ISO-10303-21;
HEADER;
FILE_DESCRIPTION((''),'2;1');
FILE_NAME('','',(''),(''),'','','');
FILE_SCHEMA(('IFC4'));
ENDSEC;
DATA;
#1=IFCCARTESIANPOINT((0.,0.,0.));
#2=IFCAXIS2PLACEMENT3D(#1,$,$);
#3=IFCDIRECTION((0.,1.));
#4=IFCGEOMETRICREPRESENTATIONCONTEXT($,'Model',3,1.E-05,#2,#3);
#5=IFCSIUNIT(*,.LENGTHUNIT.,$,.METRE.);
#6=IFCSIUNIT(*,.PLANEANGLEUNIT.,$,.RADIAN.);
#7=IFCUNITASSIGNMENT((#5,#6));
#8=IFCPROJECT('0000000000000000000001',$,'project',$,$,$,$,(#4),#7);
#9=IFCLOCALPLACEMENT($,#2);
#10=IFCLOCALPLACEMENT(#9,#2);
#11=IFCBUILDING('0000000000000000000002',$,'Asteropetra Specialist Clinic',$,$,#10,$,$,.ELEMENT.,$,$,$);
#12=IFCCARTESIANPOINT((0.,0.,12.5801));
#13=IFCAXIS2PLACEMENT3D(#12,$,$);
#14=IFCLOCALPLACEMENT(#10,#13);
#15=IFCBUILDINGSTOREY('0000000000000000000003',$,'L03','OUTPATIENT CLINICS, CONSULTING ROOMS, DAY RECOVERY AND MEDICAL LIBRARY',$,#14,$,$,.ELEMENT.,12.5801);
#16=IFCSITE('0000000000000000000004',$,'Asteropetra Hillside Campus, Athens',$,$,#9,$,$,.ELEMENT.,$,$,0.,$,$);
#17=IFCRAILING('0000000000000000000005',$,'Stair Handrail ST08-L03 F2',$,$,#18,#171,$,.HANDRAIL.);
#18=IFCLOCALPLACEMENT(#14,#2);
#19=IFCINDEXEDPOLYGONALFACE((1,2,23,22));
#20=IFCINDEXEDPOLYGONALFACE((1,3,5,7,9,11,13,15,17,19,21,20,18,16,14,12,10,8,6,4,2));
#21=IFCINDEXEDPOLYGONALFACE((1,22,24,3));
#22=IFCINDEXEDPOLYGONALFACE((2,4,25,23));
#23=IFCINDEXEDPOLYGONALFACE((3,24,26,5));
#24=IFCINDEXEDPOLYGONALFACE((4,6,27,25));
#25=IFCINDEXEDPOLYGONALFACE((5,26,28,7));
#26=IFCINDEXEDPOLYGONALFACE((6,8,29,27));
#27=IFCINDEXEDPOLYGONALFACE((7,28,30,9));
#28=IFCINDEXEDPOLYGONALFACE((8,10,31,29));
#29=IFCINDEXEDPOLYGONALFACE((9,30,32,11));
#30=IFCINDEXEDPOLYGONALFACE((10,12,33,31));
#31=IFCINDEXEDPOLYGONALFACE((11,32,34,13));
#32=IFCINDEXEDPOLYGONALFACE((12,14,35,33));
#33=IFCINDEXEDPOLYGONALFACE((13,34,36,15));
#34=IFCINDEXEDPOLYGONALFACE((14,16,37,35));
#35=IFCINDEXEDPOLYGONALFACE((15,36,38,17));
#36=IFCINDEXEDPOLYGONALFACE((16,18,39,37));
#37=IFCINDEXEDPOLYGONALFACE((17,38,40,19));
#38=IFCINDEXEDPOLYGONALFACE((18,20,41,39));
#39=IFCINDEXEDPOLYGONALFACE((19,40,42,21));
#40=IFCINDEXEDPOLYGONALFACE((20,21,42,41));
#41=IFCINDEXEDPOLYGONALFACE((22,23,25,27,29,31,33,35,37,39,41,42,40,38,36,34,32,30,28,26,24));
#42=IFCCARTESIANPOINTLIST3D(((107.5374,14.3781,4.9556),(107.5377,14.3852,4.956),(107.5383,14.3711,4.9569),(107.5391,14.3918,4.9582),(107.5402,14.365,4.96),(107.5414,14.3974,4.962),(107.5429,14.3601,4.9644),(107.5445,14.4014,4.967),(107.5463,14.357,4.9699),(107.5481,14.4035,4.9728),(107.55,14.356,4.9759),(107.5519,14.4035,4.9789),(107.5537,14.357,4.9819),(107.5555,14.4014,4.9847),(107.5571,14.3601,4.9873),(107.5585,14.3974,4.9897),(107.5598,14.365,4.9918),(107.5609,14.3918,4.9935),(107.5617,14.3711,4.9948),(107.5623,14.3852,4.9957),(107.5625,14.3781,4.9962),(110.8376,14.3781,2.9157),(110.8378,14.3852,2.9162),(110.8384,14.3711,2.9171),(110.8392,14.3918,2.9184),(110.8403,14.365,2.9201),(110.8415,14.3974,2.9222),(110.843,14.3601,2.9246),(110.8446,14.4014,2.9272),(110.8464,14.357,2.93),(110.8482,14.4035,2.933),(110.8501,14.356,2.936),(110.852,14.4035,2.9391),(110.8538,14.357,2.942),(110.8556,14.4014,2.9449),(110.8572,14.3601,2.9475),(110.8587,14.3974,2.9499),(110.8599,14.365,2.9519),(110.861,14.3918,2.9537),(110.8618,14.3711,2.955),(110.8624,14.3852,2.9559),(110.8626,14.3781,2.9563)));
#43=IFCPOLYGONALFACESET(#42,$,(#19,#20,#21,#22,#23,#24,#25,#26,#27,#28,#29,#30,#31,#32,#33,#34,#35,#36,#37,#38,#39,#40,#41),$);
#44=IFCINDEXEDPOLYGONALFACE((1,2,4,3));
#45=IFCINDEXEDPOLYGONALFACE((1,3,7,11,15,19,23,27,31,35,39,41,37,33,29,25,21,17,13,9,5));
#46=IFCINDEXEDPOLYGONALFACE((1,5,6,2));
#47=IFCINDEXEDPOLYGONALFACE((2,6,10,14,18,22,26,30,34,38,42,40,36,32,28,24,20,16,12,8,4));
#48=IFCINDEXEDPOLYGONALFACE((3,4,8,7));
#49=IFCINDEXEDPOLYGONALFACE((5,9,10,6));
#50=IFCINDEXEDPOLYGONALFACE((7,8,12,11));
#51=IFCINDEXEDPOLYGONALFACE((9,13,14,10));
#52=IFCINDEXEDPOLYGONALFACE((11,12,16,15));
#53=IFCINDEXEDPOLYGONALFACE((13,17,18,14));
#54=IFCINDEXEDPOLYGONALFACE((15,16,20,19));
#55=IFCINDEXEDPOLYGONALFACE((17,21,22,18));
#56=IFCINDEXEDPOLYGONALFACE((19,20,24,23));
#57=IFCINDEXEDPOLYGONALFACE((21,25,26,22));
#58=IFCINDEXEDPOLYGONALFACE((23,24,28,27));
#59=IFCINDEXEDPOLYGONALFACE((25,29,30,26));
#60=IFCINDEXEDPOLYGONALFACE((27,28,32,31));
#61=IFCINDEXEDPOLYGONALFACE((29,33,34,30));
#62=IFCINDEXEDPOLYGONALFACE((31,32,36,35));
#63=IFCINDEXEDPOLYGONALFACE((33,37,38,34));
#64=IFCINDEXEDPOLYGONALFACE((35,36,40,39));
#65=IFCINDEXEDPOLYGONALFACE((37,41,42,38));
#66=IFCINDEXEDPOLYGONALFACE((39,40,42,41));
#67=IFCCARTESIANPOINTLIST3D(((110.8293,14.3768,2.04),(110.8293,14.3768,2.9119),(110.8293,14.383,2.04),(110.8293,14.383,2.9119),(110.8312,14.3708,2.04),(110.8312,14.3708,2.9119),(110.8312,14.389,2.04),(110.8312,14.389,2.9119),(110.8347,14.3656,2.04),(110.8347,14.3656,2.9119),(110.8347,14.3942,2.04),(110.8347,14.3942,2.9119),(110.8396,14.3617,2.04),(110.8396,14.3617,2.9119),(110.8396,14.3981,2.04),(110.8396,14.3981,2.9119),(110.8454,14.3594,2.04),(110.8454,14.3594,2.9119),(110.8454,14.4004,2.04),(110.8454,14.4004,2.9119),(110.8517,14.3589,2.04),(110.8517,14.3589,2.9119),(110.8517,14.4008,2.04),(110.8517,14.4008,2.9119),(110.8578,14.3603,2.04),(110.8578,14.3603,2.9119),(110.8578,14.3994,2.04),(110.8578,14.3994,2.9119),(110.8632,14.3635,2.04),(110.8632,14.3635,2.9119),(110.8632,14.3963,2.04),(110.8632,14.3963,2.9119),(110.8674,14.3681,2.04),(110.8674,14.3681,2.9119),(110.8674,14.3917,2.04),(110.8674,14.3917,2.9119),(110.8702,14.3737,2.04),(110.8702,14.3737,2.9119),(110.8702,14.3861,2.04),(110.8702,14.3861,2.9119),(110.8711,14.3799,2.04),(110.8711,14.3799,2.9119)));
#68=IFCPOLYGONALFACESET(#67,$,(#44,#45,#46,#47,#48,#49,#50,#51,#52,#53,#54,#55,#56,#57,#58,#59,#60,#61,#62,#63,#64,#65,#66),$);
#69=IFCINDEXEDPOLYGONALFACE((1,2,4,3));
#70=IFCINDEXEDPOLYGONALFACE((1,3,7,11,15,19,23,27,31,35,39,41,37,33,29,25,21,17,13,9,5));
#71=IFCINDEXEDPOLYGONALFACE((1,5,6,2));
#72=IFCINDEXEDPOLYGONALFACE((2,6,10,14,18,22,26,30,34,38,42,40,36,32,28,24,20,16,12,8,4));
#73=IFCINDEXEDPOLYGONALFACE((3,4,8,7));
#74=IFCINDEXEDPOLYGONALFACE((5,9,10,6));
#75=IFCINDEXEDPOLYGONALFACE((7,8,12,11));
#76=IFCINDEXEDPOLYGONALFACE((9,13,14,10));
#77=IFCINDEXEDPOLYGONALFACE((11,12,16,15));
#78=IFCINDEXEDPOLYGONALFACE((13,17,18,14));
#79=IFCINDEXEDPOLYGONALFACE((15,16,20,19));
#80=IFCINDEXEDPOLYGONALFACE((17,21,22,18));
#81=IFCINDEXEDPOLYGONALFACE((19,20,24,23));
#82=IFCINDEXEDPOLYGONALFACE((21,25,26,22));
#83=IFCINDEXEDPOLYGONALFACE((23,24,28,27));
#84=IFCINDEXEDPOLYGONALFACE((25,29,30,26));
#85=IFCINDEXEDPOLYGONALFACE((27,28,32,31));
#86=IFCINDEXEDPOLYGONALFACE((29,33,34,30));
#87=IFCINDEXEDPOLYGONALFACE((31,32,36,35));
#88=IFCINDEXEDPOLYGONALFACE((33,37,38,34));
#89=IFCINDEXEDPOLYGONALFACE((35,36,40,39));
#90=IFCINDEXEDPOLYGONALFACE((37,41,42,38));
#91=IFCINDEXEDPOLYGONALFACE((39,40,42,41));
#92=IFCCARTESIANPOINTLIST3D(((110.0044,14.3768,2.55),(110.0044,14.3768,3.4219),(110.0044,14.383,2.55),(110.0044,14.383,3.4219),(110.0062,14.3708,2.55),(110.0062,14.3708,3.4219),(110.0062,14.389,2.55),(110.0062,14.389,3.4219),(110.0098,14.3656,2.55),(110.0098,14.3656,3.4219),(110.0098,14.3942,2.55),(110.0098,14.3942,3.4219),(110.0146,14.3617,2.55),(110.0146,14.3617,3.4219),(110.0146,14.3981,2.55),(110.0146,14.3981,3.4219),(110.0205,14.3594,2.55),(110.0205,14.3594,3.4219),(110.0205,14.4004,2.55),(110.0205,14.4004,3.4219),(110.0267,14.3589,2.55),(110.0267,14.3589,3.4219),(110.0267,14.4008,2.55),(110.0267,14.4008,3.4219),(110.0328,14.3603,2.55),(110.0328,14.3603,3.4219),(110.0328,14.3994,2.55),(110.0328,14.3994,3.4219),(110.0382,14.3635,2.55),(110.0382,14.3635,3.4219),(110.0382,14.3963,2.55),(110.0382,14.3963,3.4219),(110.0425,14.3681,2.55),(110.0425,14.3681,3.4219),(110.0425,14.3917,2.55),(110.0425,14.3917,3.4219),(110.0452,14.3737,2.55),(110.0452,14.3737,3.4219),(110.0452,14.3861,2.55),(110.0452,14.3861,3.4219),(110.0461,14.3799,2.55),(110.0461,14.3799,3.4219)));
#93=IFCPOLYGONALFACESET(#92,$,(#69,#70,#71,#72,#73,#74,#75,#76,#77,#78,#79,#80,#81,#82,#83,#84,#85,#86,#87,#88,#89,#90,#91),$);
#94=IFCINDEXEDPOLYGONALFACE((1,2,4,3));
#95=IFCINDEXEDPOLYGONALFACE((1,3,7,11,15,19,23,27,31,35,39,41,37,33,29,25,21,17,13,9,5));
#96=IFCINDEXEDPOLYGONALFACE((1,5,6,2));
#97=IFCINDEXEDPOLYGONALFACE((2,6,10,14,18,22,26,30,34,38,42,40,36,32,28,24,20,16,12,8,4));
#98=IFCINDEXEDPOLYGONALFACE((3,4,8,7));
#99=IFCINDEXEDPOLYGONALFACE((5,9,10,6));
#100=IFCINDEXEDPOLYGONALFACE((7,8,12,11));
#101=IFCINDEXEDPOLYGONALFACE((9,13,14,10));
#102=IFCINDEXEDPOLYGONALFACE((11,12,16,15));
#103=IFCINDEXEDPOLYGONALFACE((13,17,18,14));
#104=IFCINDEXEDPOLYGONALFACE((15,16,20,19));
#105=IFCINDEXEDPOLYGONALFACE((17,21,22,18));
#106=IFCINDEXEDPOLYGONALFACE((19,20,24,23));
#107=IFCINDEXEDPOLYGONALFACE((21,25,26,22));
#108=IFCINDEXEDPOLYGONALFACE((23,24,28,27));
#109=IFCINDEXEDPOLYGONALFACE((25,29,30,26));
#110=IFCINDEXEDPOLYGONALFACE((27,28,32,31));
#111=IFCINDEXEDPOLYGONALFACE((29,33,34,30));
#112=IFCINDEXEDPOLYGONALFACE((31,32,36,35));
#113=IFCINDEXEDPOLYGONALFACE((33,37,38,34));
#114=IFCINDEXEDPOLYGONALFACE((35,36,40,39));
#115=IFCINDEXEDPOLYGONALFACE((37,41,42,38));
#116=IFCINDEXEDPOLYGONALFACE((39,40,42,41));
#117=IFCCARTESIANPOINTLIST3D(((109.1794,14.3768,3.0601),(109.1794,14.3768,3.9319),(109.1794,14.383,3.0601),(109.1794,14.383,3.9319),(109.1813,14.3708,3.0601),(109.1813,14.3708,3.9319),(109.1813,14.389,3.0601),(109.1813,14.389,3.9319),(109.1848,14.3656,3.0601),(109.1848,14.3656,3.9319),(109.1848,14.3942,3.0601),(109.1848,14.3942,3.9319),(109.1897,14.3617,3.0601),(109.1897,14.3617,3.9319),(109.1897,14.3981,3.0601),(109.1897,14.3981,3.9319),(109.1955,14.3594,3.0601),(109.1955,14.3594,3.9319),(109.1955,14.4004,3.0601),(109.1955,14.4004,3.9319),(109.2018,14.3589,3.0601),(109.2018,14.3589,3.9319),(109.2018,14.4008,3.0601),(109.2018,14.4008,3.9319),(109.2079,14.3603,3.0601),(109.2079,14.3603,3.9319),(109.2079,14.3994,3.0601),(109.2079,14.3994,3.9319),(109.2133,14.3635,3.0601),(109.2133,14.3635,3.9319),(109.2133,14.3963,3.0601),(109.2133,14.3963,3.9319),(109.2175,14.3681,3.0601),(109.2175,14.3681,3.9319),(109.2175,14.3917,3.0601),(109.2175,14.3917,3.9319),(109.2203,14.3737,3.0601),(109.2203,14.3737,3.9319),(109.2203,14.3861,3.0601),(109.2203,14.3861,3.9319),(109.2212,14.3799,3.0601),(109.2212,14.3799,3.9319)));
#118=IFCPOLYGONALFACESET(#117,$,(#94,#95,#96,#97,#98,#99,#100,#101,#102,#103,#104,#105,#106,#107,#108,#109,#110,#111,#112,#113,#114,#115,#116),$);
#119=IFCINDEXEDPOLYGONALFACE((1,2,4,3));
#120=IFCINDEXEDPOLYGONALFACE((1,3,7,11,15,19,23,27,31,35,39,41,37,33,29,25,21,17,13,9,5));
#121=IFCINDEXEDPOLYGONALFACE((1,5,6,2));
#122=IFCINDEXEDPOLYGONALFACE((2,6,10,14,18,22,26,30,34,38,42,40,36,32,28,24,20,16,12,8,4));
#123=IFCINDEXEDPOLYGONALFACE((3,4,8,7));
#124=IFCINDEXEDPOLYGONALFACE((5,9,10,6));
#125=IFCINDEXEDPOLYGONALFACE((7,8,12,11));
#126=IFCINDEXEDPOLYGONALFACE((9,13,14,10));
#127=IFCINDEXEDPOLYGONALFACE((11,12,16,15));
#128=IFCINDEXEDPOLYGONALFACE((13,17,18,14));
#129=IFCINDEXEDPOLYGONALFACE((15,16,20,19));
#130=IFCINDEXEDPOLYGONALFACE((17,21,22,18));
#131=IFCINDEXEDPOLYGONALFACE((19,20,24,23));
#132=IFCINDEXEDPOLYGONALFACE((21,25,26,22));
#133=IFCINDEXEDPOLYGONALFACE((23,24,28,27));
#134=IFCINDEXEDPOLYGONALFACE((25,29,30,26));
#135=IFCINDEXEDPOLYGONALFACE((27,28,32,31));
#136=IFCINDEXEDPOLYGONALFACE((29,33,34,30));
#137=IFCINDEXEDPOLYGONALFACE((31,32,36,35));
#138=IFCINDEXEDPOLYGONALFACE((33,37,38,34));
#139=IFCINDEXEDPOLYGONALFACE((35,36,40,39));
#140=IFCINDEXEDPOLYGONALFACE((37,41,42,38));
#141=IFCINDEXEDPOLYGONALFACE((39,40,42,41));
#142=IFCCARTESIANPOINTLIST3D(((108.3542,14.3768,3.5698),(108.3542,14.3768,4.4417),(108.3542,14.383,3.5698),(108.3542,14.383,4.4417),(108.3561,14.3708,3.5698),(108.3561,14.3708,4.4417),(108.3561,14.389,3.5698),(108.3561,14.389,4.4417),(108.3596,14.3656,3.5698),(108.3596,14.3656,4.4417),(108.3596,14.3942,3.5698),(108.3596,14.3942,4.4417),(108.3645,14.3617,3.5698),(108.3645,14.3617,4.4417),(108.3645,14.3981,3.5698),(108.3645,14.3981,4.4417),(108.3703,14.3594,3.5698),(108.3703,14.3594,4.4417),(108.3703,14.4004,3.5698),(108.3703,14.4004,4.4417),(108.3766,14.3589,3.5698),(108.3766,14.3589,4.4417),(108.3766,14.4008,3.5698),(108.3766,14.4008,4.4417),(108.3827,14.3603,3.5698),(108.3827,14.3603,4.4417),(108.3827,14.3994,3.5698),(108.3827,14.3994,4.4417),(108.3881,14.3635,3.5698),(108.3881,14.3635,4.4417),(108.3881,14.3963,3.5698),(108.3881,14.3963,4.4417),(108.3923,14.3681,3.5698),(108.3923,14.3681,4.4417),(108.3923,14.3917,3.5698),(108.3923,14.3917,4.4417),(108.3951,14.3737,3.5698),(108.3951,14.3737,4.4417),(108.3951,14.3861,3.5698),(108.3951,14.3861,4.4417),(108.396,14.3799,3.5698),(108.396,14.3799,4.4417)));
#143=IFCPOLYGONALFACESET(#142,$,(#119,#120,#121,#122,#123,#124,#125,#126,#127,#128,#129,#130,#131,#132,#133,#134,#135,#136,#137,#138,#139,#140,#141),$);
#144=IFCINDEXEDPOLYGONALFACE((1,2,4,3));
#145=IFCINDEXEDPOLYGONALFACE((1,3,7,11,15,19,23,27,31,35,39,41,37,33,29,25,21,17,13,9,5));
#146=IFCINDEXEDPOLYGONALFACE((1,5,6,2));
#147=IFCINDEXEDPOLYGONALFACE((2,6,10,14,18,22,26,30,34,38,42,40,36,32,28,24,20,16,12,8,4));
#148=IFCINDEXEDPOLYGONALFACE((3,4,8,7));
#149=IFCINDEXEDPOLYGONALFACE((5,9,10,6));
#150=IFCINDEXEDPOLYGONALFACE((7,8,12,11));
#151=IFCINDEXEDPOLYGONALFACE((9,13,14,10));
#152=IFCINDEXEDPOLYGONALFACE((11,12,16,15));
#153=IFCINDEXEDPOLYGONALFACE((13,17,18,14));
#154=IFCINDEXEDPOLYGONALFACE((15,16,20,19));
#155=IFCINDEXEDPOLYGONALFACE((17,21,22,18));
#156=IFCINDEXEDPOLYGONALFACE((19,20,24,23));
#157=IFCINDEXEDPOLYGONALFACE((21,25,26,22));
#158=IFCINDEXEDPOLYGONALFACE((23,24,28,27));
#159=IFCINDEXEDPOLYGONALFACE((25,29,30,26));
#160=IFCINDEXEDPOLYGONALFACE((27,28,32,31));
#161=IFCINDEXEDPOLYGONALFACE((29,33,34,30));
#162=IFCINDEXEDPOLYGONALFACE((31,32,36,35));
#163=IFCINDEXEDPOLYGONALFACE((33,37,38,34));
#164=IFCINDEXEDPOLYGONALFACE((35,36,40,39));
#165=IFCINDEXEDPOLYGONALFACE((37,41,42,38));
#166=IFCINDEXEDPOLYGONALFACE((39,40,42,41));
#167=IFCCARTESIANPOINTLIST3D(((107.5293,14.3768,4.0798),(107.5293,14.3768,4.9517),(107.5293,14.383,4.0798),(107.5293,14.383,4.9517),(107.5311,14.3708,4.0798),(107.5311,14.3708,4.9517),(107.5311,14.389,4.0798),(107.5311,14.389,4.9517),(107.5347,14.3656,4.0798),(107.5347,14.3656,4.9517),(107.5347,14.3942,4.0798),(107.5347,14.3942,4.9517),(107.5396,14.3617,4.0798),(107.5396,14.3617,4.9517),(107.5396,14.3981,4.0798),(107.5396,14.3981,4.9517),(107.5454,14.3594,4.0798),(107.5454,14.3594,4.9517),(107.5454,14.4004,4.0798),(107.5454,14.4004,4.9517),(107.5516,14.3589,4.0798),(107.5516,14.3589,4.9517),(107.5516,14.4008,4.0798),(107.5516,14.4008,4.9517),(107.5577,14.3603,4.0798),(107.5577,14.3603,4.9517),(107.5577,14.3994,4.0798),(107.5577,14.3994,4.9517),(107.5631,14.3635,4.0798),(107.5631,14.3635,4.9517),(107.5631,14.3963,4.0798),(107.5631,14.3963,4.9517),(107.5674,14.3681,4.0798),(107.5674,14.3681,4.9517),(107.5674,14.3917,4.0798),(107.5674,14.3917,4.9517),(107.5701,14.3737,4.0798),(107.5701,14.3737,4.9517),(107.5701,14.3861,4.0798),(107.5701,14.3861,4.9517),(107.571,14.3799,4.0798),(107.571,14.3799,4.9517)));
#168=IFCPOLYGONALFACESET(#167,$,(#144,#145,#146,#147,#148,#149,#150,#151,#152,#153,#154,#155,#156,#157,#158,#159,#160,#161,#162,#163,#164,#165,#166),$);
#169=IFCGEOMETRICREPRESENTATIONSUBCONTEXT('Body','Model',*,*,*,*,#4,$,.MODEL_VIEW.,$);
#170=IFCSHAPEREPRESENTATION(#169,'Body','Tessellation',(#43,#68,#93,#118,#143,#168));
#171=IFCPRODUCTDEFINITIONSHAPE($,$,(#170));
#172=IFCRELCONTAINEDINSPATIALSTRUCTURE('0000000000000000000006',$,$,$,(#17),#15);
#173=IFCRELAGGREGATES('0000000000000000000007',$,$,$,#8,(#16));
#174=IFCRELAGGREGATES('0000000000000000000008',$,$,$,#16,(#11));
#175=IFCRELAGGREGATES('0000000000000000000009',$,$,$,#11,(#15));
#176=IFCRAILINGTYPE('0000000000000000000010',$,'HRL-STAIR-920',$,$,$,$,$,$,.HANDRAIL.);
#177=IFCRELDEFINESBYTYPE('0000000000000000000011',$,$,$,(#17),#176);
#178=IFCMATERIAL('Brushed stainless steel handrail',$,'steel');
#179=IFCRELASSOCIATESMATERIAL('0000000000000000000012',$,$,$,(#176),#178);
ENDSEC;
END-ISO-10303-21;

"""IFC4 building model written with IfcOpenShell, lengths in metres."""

from ifc_helpers import new_model, si_unit, direction, frame, origin, origin_2d, place, context, subcontext, project, spatial, circle, extrude, material, type_object, element, save


model = new_model("IFC4")

# Units and contexts
model_context = context("Model", 3, precision=1e-05, world=origin(), true_north=direction((0.0, 1.0)))
body_context = subcontext(model_context, "Body", "Model", "MODEL_VIEW")
ifc_project = project(units=[si_unit("LENGTHUNIT", "METRE"), si_unit("PLANEANGLEUNIT", "RADIAN")], contexts=[model_context])

# Site, building, storey
site_placement = place(None, origin())
site = spatial("IfcSite", under=ifc_project, at=site_placement, Name="Asteropetra Hillside Campus, Athens", CompositionType="ELEMENT", RefElevation=0.0)
building_placement = place(site_placement, origin())
building = spatial("IfcBuilding", under=site, at=building_placement, Name="Asteropetra Specialist Clinic", CompositionType="ELEMENT")
storey_placement = place(building_placement, frame((0.0, 0.0, 12.5801)))
storey = spatial("IfcBuildingStorey", under=building, at=storey_placement, Name="L03", Description="OUTPATIENT CLINICS, CONSULTING ROOMS, DAY RECOVERY AND MEDICAL LIBRARY", CompositionType="ELEMENT", Elevation=12.5801)

# Railing
ifc_material_1 = material(Name="Brushed stainless steel handrail", Category="steel")
railing_type_1 = type_object("IfcRailingType", Name="HRL-STAIR-920", PredefinedType="HANDRAIL", material=ifc_material_1)
railing_1_placement = place(storey_placement, frame((110.8501, 14.3799, 2.04)))
element("IfcRailing", 1, at=railing_1_placement, inside=storey, type_object=railing_type_1, Name="Stair Handrail ST08-L03 F2", PredefinedType="HANDRAIL", context=body_context, shape_type="SweptSolid", body=[
    extrude(circle(Radius=0.0239, at=origin_2d()), frame((0.0, 0.0, 0.896), z_axis=(-0.850622, 0.0, 0.525778), x_axis=(0.0, -1.0, 0.0)), (0.0, 0.0, 1.0), 3.8796),
    extrude(circle(Radius=0.021, at=origin_2d()), origin(), (0.0, 0.0, 1.0), 0.8718),
    extrude(circle(Radius=0.021, at=origin_2d()), frame((-0.825, 0.0, 0.51)), (0.0, 0.0, 1.0), 0.8718),
    extrude(circle(Radius=0.021, at=origin_2d()), frame((-1.6499, 0.0, 1.02)), (0.0, 0.0, 1.0), 0.8718),
    extrude(circle(Radius=0.021, at=origin_2d()), frame((-2.4751, 0.0, 1.5298)), (0.0, 0.0, 1.0), 0.8718),
    extrude(circle(Radius=0.021, at=origin_2d()), frame((-3.3, 0.0, 2.0398)), (0.0, 0.0, 1.0), 0.8718),
])

save(model, "model.ifc")
